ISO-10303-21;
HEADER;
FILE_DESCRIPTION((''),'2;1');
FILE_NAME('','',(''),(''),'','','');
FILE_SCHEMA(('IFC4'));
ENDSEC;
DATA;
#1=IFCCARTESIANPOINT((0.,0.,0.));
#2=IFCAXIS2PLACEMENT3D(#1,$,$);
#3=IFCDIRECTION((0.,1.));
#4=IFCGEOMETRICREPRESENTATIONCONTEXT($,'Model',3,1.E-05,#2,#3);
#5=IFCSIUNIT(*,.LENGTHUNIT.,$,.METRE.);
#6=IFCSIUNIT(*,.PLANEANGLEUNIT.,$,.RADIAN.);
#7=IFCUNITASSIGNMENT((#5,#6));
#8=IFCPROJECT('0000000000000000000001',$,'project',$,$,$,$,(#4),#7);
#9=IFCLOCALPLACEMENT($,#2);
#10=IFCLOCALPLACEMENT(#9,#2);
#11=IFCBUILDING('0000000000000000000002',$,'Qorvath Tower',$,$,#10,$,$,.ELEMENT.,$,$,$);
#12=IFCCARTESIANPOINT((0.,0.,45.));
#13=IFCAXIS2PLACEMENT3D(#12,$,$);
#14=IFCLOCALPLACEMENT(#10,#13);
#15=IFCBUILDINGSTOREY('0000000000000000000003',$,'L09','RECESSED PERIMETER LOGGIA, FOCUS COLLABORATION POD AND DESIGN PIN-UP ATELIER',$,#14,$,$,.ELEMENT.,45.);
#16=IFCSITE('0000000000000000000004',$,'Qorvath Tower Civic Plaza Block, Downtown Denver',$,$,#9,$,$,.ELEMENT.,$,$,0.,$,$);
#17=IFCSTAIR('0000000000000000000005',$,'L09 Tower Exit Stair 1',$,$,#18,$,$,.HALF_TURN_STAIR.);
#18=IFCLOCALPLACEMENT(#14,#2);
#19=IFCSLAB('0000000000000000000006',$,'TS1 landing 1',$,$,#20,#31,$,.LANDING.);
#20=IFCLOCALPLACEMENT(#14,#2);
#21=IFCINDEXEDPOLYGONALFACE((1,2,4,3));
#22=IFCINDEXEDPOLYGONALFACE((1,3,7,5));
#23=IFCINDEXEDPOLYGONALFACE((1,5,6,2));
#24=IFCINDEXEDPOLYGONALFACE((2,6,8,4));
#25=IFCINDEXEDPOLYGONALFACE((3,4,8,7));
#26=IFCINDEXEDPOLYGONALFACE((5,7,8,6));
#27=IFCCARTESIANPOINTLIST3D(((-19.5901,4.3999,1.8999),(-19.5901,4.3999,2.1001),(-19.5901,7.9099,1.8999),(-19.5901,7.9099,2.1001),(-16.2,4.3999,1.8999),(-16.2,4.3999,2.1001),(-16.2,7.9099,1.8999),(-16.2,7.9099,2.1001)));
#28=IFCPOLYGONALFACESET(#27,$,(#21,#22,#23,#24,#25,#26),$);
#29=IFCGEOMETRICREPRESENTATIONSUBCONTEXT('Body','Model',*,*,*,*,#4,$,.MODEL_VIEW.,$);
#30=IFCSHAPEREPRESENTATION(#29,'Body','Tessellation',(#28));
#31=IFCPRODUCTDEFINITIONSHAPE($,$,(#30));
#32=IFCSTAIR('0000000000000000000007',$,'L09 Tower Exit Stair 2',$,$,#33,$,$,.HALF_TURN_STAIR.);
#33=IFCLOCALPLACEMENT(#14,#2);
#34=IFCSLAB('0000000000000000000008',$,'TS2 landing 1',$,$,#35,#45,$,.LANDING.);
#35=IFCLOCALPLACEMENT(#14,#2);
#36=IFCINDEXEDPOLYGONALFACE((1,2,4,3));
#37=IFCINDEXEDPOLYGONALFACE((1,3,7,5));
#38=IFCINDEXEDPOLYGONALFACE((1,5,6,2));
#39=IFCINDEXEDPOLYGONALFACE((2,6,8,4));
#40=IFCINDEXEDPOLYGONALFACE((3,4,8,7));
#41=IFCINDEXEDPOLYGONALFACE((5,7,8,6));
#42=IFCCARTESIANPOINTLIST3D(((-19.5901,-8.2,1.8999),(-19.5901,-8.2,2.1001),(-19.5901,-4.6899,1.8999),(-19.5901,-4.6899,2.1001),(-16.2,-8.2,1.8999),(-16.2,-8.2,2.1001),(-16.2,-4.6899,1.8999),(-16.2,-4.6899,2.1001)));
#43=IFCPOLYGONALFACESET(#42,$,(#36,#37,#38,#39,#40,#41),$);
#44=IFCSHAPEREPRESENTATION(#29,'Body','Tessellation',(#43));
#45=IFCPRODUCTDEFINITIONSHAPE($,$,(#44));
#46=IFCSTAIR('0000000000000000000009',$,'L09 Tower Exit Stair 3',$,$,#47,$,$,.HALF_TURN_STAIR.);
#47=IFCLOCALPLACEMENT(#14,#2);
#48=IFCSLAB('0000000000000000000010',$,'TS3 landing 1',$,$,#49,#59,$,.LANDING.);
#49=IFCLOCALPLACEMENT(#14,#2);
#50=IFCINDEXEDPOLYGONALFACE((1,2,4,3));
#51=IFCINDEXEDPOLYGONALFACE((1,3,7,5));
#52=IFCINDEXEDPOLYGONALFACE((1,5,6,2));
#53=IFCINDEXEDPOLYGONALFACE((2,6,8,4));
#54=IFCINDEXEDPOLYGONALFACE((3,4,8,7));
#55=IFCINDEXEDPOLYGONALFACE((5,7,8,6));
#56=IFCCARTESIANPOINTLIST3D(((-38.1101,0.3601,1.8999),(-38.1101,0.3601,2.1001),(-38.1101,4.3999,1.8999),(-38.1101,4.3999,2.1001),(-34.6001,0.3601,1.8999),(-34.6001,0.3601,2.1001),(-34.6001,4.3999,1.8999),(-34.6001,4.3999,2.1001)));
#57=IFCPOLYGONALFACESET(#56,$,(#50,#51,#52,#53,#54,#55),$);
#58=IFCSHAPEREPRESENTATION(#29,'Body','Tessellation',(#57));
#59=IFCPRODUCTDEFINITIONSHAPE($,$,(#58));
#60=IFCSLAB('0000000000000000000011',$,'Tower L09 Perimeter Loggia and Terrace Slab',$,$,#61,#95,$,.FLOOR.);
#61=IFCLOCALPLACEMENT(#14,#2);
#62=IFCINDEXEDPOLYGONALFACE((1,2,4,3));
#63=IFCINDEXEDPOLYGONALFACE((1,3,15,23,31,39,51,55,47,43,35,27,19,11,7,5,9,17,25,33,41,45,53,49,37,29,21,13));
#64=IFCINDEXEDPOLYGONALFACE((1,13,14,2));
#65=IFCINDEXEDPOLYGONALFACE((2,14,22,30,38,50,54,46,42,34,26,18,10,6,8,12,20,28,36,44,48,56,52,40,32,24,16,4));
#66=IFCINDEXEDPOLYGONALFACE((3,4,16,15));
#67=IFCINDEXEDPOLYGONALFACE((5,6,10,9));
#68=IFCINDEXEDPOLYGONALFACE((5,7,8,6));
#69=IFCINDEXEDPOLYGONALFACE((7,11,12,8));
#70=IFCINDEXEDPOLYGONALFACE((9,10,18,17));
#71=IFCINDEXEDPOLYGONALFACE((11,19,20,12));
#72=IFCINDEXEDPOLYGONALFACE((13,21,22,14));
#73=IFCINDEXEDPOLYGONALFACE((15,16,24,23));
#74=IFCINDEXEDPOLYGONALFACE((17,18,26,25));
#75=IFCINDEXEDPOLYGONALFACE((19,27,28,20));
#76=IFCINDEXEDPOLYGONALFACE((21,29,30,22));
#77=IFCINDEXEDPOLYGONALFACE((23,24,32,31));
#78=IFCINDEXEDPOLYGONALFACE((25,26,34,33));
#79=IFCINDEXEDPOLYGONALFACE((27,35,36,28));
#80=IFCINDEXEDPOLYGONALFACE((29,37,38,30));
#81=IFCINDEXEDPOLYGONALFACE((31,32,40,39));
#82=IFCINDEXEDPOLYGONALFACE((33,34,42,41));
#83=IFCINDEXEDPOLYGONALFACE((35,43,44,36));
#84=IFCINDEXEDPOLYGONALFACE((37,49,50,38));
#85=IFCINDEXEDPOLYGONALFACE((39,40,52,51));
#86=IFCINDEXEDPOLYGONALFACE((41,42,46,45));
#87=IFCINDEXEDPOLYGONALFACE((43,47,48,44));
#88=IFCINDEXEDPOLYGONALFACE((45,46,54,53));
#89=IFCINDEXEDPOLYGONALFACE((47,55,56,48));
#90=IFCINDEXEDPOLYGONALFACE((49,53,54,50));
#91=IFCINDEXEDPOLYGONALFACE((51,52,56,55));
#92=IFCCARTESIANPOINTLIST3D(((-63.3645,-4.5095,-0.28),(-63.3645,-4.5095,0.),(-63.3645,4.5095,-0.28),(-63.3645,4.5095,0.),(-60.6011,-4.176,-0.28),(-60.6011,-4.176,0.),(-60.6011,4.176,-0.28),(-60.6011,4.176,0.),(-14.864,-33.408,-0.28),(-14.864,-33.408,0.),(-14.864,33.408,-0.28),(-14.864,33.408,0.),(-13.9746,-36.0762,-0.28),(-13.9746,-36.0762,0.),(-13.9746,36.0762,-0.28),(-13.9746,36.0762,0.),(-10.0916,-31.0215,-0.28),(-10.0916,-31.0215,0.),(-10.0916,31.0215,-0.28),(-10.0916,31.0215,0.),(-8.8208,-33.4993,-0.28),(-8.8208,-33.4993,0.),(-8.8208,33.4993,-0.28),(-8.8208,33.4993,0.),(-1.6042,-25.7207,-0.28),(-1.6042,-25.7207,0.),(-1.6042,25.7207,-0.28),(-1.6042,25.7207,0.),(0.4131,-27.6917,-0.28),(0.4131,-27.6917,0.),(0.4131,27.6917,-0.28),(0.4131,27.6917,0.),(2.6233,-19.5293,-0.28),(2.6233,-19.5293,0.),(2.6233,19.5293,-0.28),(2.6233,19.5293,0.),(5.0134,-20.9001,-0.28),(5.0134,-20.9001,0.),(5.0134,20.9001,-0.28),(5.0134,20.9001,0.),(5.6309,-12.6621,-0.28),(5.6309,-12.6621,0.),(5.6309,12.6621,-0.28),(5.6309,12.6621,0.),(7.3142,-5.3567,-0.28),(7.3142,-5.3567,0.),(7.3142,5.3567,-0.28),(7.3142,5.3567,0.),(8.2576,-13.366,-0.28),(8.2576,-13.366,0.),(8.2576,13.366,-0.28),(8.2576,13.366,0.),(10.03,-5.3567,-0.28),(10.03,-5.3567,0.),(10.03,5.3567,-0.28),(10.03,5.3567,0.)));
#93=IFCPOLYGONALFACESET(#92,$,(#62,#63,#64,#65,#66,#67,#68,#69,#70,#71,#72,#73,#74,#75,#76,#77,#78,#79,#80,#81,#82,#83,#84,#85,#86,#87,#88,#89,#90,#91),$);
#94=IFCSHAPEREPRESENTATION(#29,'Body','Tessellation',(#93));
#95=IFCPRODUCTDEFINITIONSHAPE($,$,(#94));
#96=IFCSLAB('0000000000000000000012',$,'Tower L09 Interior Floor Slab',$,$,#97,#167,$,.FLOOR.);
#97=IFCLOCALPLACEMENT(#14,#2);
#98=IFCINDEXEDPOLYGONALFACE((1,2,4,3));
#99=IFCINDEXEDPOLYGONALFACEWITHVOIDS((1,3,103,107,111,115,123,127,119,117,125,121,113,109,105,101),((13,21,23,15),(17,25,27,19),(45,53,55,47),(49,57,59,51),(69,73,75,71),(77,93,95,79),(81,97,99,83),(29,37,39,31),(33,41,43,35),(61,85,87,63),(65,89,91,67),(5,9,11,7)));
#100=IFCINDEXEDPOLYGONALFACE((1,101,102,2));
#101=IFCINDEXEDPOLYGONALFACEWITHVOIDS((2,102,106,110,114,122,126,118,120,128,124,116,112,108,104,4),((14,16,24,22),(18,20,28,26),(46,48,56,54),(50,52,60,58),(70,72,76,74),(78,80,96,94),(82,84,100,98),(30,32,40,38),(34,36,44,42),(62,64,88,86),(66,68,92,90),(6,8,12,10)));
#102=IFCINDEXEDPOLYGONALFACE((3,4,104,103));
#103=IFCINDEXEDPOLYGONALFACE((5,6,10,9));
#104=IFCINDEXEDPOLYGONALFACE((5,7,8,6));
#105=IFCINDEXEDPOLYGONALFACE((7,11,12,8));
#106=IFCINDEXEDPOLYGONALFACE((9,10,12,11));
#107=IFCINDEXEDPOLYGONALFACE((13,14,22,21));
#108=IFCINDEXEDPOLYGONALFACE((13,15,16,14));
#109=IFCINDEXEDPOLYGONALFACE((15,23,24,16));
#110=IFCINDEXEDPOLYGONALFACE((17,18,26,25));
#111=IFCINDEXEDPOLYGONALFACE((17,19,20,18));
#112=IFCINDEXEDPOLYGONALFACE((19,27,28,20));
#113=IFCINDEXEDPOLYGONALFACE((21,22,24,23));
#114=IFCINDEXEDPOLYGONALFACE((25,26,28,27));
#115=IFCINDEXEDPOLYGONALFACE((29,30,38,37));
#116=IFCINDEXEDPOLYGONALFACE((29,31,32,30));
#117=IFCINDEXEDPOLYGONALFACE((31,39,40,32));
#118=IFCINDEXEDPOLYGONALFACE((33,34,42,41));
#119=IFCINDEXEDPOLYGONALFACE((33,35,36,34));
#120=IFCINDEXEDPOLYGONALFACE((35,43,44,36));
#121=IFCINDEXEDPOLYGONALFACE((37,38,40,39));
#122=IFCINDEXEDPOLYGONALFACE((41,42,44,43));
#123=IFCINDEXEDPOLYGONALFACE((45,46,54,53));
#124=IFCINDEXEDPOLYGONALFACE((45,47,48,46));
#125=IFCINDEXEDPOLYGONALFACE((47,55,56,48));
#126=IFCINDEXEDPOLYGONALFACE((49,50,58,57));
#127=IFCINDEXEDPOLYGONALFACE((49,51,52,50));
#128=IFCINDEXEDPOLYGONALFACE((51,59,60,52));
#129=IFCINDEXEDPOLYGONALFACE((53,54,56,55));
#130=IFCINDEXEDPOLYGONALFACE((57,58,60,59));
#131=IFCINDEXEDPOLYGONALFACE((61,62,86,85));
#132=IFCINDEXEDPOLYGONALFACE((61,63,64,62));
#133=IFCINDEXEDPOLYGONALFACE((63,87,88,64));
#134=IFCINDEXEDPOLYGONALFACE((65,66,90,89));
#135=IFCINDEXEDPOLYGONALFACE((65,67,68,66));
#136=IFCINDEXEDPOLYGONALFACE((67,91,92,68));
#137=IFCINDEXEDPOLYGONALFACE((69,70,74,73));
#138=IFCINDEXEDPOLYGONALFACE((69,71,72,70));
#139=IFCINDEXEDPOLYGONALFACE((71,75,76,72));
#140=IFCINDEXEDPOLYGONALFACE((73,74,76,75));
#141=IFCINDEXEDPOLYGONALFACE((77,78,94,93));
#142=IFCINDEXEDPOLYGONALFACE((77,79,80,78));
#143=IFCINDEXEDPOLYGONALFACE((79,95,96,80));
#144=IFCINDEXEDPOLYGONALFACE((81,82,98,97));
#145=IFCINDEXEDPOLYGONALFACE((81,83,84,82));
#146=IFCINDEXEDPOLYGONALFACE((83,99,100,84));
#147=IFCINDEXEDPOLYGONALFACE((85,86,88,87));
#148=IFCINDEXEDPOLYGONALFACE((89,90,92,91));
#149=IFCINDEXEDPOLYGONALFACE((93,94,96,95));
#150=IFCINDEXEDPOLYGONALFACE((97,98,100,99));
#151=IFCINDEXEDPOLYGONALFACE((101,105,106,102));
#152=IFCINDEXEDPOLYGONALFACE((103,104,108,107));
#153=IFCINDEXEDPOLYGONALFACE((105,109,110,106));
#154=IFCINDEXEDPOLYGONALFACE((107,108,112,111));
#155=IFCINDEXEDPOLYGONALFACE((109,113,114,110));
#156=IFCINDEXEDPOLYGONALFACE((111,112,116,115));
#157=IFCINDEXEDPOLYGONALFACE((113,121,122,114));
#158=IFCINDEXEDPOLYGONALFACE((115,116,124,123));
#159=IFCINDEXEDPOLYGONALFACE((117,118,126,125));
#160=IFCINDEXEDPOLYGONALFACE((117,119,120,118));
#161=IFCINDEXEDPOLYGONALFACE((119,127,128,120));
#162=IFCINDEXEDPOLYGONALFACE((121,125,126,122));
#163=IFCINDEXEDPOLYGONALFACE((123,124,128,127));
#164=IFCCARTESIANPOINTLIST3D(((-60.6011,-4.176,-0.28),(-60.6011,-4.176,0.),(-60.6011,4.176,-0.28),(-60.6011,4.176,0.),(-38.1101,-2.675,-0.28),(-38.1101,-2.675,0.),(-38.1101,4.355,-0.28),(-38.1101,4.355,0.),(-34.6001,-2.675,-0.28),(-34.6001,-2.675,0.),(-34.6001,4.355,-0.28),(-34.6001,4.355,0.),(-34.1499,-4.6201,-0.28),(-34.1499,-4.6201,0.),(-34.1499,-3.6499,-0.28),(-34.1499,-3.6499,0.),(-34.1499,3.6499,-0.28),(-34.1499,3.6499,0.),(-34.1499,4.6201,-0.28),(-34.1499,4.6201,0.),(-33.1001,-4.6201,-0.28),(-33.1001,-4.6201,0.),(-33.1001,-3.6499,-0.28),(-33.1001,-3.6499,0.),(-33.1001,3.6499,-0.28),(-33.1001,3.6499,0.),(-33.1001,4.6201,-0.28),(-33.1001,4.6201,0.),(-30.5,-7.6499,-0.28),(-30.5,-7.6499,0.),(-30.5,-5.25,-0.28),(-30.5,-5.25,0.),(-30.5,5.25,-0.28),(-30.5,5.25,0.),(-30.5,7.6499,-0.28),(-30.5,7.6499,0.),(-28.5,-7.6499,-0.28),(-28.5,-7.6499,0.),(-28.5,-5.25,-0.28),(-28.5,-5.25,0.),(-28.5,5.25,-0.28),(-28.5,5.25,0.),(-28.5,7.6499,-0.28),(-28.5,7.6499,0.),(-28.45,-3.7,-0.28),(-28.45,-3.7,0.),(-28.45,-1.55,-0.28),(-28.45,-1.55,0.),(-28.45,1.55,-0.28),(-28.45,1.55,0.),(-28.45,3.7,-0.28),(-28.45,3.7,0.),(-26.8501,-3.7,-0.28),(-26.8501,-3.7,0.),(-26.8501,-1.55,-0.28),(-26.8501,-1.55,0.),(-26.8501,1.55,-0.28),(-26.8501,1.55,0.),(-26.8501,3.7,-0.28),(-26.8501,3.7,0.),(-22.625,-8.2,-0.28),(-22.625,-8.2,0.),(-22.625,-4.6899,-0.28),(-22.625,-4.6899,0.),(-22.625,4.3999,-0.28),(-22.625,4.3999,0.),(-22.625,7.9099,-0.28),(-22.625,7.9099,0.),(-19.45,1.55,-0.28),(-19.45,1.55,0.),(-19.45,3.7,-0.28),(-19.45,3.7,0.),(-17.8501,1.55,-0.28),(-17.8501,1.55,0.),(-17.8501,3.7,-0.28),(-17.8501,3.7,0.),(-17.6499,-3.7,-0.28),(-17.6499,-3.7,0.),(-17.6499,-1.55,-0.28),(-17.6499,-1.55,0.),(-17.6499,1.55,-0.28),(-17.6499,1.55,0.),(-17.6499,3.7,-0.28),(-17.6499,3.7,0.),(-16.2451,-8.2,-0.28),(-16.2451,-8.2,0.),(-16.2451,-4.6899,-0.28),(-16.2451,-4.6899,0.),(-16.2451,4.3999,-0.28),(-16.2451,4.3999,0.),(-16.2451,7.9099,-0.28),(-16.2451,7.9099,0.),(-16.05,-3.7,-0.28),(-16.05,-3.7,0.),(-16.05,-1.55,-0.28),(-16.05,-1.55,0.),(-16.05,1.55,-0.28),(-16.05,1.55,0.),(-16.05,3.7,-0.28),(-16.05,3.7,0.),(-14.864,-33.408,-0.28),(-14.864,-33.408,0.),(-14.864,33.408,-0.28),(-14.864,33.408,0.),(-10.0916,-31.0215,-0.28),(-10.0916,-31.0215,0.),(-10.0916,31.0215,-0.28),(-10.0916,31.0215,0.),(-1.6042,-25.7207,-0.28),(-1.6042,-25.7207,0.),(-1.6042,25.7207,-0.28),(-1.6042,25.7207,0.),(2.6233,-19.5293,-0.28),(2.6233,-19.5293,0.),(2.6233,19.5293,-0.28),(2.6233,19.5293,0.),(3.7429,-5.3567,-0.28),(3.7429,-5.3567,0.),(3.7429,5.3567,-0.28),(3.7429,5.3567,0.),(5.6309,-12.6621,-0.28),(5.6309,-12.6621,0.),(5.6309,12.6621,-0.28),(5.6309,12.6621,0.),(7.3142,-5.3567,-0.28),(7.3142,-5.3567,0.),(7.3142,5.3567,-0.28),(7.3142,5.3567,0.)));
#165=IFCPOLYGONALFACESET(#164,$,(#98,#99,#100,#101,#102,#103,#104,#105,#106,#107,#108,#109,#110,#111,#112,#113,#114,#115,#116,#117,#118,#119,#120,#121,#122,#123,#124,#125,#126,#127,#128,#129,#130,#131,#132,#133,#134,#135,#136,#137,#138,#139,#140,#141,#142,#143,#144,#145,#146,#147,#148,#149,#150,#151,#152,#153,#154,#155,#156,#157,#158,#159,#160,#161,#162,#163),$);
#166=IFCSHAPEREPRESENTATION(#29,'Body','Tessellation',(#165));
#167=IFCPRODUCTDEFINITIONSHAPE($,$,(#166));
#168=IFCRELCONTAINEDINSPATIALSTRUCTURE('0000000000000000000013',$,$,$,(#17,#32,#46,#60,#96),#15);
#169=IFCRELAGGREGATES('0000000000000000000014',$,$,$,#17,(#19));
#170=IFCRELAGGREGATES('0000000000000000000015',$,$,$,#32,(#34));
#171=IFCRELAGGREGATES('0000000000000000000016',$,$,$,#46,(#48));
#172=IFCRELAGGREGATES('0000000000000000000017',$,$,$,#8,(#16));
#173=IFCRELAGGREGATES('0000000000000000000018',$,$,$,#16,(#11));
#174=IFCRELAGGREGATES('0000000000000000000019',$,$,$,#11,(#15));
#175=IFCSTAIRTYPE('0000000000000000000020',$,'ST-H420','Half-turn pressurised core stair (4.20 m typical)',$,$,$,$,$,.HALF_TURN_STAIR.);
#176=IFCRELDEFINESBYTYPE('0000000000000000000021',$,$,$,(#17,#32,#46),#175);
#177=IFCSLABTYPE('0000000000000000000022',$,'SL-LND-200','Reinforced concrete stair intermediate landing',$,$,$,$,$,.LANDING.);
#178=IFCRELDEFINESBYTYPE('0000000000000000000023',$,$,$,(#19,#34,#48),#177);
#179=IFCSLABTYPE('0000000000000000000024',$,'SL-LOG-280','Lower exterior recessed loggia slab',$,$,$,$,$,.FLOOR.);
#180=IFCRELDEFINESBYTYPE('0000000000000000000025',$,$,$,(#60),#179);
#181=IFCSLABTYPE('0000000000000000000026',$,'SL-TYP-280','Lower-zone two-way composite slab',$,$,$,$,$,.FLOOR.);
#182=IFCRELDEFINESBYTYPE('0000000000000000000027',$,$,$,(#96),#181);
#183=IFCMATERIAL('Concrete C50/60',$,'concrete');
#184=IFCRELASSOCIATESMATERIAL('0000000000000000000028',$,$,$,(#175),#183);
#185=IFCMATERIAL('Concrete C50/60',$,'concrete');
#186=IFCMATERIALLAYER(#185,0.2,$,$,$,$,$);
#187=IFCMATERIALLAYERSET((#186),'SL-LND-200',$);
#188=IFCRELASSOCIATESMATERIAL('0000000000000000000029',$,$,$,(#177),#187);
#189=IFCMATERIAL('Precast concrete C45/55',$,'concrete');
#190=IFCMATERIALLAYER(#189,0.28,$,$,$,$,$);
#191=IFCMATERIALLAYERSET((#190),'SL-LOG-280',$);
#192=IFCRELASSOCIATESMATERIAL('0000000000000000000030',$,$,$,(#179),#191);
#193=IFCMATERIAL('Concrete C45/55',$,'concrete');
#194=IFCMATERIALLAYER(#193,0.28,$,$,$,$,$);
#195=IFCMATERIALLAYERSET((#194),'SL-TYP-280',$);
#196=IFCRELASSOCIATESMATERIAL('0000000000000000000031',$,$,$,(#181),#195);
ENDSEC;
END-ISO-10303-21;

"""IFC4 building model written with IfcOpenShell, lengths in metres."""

from ifc_helpers import new_model, si_unit, direction, frame, origin, place, context, subcontext, project, spatial, polyline, outline, extrude, material, layer, layer_set, type_object, element, aggregate, save


model = new_model("IFC4")

# Units and contexts
model_context = context("Model", 3, precision=1e-05, world=origin(), true_north=direction((0.0, 1.0)))
body_context = subcontext(model_context, "Body", "Model", "MODEL_VIEW")
ifc_project = project(units=[si_unit("LENGTHUNIT", "METRE"), si_unit("PLANEANGLEUNIT", "RADIAN")], contexts=[model_context])

# Site, building, storey
site_placement = place(None, origin())
site = spatial("IfcSite", under=ifc_project, at=site_placement, Name="Qorvath Tower Civic Plaza Block, Downtown Denver", CompositionType="ELEMENT", RefElevation=0.0)
building_placement = place(site_placement, origin())
building = spatial("IfcBuilding", under=site, at=building_placement, Name="Qorvath Tower", CompositionType="ELEMENT")
storey_placement = place(building_placement, frame((0.0, 0.0, 45.0)))
storey = spatial("IfcBuildingStorey", under=building, at=storey_placement, Name="L09", Description="RECESSED PERIMETER LOGGIA, FOCUS COLLABORATION POD AND DESIGN PIN-UP ATELIER", CompositionType="ELEMENT", Elevation=45.0)

# Stairs, slabs
ifc_material_1 = material(Name="Concrete C50/60", Category="concrete")
stair_type = type_object("IfcStairType", Name="ST-H420", Description="Half-turn pressurised core stair (4.20 m typical)", PredefinedType="HALF_TURN_STAIR", material=ifc_material_1)
stair_1_placement = place(storey_placement, origin())
stair_1 = element("IfcStair", 1, at=stair_1_placement, inside=storey, type_object=stair_type, Name="L09 Tower Exit Stair 1", PredefinedType="HALF_TURN_STAIR")
ifc_material_2 = material(Name="Concrete C50/60", Category="concrete")
ifc_layer_1 = layer(ifc_material_2, 0.2)
ifc_layer_set_1 = layer_set([ifc_layer_1], Name="SL-LND-200")
slab_type_1 = type_object("IfcSlabType", Name="SL-LND-200", Description="Reinforced concrete stair intermediate landing", PredefinedType="LANDING", material=ifc_layer_set_1)
slab_1_placement = place(storey_placement, frame((0.0, 0.0, 1.8999)))
slab_1 = element("IfcSlab", 2, at=slab_1_placement, type_object=slab_type_1, Name="TS1 landing 1", PredefinedType="LANDING", context=body_context, shape_type="SweptSolid", body=[
    extrude(outline(polyline([(-19.5901, 4.3999), (-16.2, 4.3999), (-16.2, 7.9099), (-19.5901, 7.9099), (-19.5901, 4.3999)])), origin(), (0.0, 0.0, 1.0), 0.2002),
])
aggregate(stair_1, [slab_1])
stair_2_placement = place(storey_placement, origin())
stair_2 = element("IfcStair", 3, at=stair_2_placement, inside=storey, type_object=stair_type, Name="L09 Tower Exit Stair 2", PredefinedType="HALF_TURN_STAIR")
slab_2_placement = place(storey_placement, frame((0.0, 0.0, 1.8999)))
slab_2 = element("IfcSlab", 4, at=slab_2_placement, type_object=slab_type_1, Name="TS2 landing 1", PredefinedType="LANDING", context=body_context, shape_type="SweptSolid", body=[
    extrude(outline(polyline([(-19.5901, -8.2), (-16.2, -8.2), (-16.2, -4.6899), (-19.5901, -4.6899), (-19.5901, -8.2)])), origin(), (0.0, 0.0, 1.0), 0.2002),
])
aggregate(stair_2, [slab_2])
stair_3_placement = place(storey_placement, origin())
stair_3 = element("IfcStair", 5, at=stair_3_placement, inside=storey, type_object=stair_type, Name="L09 Tower Exit Stair 3", PredefinedType="HALF_TURN_STAIR")
slab_3_placement = place(storey_placement, frame((0.0, 0.0, 1.8999)))
slab_3 = element("IfcSlab", 6, at=slab_3_placement, type_object=slab_type_1, Name="TS3 landing 1", PredefinedType="LANDING", context=body_context, shape_type="SweptSolid", body=[
    extrude(outline(polyline([(-34.6001, 0.3601), (-34.6001, 4.3999), (-38.1101, 4.3999), (-38.1101, 0.3601), (-34.6001, 0.3601)])), origin(), (0.0, 0.0, 1.0), 0.2002),
])
aggregate(stair_3, [slab_3])

# Slabs
ifc_material_3 = material(Name="Precast concrete C45/55", Category="concrete")
ifc_layer_2 = layer(ifc_material_3, 0.28)
ifc_layer_set_2 = layer_set([ifc_layer_2], Name="SL-LOG-280")
slab_type_2 = type_object("IfcSlabType", Name="SL-LOG-280", Description="Lower exterior recessed loggia slab", PredefinedType="FLOOR", material=ifc_layer_set_2)
slab_4_placement = place(storey_placement, frame((0.0, 0.0, -0.28)))
element("IfcSlab", 7, at=slab_4_placement, inside=storey, type_object=slab_type_2, Name="Tower L09 Perimeter Loggia and Terrace Slab", PredefinedType="FLOOR", context=body_context, shape_type="SweptSolid", body=[
    extrude(outline(polyline([(7.3142, -5.3567), (5.6309, -12.6621), (2.6233, -19.5293), (-1.6042, -25.7207), (-10.0916, -31.0215), (-14.864, -33.408), (-60.6011, -4.176), (-60.6011, 4.176), (-14.864, 33.408), (-10.0916, 31.0215), (-1.6042, 25.7207), (2.6233, 19.5293), (5.6309, 12.6621), (7.3142, 5.3567), (10.03, 5.3567), (8.2576, 13.366), (5.0134, 20.9001), (0.4131, 27.6917), (-8.8208, 33.4993), (-13.9746, 36.0762), (-63.3645, 4.5095), (-63.3645, -4.5095), (-13.9746, -36.0762), (-8.8208, -33.4993), (0.4131, -27.6917), (5.0134, -20.9001), (8.2576, -13.366), (10.03, -5.3567), (7.3142, -5.3567)])), origin(), (0.0, 0.0, 1.0), 0.28),
])
ifc_material_4 = material(Name="Concrete C45/55", Category="concrete")
ifc_layer_3 = layer(ifc_material_4, 0.28)
ifc_layer_set_3 = layer_set([ifc_layer_3], Name="SL-TYP-280")
slab_type_3 = type_object("IfcSlabType", Name="SL-TYP-280", Description="Lower-zone two-way composite slab", PredefinedType="FLOOR", material=ifc_layer_set_3)
slab_5_placement = place(storey_placement, frame((0.0, 0.0, -0.28)))
element("IfcSlab", 8, at=slab_5_placement, inside=storey, type_object=slab_type_3, Name="Tower L09 Interior Floor Slab", PredefinedType="FLOOR", context=body_context, shape_type="SweptSolid", body=[
    extrude(outline(polyline([(-60.6011, 4.176), (-60.6011, -4.176), (-14.864, -33.408), (-10.0916, -31.0215), (-1.6042, -25.7207), (2.6233, -19.5293), (5.6309, -12.6621), (7.3142, -5.3567), (3.7429, -5.3567), (3.7429, 5.3567), (7.3142, 5.3567), (5.6309, 12.6621), (2.6233, 19.5293), (-1.6042, 25.7207), (-10.0916, 31.0215), (-14.864, 33.408), (-60.6011, 4.176)]), holes=[polyline([(-17.6499, -3.7), (-17.6499, -1.55), (-16.05, -1.55), (-16.05, -3.7), (-17.6499, -3.7)]), polyline([(-17.6499, 1.55), (-17.6499, 3.7), (-16.05, 3.7), (-16.05, 1.55), (-17.6499, 1.55)]), polyline([(-16.2451, -8.2), (-22.625, -8.2), (-22.625, -4.6899), (-16.2451, -4.6899), (-16.2451, -8.2)]), polyline([(-22.625, 4.3999), (-22.625, 7.9099), (-16.2451, 7.9099), (-16.2451, 4.3999), (-22.625, 4.3999)]), polyline([(-17.8501, 1.55), (-19.45, 1.55), (-19.45, 3.7), (-17.8501, 3.7), (-17.8501, 1.55)]), polyline([(-28.45, -3.7), (-28.45, -1.55), (-26.8501, -1.55), (-26.8501, -3.7), (-28.45, -3.7)]), polyline([(-26.8501, 1.55), (-28.45, 1.55), (-28.45, 3.7), (-26.8501, 3.7), (-26.8501, 1.55)]), polyline([(-28.5, -7.6499), (-30.5, -7.6499), (-30.5, -5.25), (-28.5, -5.25), (-28.5, -7.6499)]), polyline([(-30.5, 5.25), (-30.5, 7.6499), (-28.5, 7.6499), (-28.5, 5.25), (-30.5, 5.25)]), polyline([(-34.1499, -4.6201), (-34.1499, -3.6499), (-33.1001, -3.6499), (-33.1001, -4.6201), (-34.1499, -4.6201)]), polyline([(-34.1499, 3.6499), (-34.1499, 4.6201), (-33.1001, 4.6201), (-33.1001, 3.6499), (-34.1499, 3.6499)]), polyline([(-34.6001, -2.675), (-38.1101, -2.675), (-38.1101, 4.355), (-34.6001, 4.355), (-34.6001, -2.675)])]), origin(), (0.0, 0.0, 1.0), 0.28),
])

save(model, "model.ifc")
